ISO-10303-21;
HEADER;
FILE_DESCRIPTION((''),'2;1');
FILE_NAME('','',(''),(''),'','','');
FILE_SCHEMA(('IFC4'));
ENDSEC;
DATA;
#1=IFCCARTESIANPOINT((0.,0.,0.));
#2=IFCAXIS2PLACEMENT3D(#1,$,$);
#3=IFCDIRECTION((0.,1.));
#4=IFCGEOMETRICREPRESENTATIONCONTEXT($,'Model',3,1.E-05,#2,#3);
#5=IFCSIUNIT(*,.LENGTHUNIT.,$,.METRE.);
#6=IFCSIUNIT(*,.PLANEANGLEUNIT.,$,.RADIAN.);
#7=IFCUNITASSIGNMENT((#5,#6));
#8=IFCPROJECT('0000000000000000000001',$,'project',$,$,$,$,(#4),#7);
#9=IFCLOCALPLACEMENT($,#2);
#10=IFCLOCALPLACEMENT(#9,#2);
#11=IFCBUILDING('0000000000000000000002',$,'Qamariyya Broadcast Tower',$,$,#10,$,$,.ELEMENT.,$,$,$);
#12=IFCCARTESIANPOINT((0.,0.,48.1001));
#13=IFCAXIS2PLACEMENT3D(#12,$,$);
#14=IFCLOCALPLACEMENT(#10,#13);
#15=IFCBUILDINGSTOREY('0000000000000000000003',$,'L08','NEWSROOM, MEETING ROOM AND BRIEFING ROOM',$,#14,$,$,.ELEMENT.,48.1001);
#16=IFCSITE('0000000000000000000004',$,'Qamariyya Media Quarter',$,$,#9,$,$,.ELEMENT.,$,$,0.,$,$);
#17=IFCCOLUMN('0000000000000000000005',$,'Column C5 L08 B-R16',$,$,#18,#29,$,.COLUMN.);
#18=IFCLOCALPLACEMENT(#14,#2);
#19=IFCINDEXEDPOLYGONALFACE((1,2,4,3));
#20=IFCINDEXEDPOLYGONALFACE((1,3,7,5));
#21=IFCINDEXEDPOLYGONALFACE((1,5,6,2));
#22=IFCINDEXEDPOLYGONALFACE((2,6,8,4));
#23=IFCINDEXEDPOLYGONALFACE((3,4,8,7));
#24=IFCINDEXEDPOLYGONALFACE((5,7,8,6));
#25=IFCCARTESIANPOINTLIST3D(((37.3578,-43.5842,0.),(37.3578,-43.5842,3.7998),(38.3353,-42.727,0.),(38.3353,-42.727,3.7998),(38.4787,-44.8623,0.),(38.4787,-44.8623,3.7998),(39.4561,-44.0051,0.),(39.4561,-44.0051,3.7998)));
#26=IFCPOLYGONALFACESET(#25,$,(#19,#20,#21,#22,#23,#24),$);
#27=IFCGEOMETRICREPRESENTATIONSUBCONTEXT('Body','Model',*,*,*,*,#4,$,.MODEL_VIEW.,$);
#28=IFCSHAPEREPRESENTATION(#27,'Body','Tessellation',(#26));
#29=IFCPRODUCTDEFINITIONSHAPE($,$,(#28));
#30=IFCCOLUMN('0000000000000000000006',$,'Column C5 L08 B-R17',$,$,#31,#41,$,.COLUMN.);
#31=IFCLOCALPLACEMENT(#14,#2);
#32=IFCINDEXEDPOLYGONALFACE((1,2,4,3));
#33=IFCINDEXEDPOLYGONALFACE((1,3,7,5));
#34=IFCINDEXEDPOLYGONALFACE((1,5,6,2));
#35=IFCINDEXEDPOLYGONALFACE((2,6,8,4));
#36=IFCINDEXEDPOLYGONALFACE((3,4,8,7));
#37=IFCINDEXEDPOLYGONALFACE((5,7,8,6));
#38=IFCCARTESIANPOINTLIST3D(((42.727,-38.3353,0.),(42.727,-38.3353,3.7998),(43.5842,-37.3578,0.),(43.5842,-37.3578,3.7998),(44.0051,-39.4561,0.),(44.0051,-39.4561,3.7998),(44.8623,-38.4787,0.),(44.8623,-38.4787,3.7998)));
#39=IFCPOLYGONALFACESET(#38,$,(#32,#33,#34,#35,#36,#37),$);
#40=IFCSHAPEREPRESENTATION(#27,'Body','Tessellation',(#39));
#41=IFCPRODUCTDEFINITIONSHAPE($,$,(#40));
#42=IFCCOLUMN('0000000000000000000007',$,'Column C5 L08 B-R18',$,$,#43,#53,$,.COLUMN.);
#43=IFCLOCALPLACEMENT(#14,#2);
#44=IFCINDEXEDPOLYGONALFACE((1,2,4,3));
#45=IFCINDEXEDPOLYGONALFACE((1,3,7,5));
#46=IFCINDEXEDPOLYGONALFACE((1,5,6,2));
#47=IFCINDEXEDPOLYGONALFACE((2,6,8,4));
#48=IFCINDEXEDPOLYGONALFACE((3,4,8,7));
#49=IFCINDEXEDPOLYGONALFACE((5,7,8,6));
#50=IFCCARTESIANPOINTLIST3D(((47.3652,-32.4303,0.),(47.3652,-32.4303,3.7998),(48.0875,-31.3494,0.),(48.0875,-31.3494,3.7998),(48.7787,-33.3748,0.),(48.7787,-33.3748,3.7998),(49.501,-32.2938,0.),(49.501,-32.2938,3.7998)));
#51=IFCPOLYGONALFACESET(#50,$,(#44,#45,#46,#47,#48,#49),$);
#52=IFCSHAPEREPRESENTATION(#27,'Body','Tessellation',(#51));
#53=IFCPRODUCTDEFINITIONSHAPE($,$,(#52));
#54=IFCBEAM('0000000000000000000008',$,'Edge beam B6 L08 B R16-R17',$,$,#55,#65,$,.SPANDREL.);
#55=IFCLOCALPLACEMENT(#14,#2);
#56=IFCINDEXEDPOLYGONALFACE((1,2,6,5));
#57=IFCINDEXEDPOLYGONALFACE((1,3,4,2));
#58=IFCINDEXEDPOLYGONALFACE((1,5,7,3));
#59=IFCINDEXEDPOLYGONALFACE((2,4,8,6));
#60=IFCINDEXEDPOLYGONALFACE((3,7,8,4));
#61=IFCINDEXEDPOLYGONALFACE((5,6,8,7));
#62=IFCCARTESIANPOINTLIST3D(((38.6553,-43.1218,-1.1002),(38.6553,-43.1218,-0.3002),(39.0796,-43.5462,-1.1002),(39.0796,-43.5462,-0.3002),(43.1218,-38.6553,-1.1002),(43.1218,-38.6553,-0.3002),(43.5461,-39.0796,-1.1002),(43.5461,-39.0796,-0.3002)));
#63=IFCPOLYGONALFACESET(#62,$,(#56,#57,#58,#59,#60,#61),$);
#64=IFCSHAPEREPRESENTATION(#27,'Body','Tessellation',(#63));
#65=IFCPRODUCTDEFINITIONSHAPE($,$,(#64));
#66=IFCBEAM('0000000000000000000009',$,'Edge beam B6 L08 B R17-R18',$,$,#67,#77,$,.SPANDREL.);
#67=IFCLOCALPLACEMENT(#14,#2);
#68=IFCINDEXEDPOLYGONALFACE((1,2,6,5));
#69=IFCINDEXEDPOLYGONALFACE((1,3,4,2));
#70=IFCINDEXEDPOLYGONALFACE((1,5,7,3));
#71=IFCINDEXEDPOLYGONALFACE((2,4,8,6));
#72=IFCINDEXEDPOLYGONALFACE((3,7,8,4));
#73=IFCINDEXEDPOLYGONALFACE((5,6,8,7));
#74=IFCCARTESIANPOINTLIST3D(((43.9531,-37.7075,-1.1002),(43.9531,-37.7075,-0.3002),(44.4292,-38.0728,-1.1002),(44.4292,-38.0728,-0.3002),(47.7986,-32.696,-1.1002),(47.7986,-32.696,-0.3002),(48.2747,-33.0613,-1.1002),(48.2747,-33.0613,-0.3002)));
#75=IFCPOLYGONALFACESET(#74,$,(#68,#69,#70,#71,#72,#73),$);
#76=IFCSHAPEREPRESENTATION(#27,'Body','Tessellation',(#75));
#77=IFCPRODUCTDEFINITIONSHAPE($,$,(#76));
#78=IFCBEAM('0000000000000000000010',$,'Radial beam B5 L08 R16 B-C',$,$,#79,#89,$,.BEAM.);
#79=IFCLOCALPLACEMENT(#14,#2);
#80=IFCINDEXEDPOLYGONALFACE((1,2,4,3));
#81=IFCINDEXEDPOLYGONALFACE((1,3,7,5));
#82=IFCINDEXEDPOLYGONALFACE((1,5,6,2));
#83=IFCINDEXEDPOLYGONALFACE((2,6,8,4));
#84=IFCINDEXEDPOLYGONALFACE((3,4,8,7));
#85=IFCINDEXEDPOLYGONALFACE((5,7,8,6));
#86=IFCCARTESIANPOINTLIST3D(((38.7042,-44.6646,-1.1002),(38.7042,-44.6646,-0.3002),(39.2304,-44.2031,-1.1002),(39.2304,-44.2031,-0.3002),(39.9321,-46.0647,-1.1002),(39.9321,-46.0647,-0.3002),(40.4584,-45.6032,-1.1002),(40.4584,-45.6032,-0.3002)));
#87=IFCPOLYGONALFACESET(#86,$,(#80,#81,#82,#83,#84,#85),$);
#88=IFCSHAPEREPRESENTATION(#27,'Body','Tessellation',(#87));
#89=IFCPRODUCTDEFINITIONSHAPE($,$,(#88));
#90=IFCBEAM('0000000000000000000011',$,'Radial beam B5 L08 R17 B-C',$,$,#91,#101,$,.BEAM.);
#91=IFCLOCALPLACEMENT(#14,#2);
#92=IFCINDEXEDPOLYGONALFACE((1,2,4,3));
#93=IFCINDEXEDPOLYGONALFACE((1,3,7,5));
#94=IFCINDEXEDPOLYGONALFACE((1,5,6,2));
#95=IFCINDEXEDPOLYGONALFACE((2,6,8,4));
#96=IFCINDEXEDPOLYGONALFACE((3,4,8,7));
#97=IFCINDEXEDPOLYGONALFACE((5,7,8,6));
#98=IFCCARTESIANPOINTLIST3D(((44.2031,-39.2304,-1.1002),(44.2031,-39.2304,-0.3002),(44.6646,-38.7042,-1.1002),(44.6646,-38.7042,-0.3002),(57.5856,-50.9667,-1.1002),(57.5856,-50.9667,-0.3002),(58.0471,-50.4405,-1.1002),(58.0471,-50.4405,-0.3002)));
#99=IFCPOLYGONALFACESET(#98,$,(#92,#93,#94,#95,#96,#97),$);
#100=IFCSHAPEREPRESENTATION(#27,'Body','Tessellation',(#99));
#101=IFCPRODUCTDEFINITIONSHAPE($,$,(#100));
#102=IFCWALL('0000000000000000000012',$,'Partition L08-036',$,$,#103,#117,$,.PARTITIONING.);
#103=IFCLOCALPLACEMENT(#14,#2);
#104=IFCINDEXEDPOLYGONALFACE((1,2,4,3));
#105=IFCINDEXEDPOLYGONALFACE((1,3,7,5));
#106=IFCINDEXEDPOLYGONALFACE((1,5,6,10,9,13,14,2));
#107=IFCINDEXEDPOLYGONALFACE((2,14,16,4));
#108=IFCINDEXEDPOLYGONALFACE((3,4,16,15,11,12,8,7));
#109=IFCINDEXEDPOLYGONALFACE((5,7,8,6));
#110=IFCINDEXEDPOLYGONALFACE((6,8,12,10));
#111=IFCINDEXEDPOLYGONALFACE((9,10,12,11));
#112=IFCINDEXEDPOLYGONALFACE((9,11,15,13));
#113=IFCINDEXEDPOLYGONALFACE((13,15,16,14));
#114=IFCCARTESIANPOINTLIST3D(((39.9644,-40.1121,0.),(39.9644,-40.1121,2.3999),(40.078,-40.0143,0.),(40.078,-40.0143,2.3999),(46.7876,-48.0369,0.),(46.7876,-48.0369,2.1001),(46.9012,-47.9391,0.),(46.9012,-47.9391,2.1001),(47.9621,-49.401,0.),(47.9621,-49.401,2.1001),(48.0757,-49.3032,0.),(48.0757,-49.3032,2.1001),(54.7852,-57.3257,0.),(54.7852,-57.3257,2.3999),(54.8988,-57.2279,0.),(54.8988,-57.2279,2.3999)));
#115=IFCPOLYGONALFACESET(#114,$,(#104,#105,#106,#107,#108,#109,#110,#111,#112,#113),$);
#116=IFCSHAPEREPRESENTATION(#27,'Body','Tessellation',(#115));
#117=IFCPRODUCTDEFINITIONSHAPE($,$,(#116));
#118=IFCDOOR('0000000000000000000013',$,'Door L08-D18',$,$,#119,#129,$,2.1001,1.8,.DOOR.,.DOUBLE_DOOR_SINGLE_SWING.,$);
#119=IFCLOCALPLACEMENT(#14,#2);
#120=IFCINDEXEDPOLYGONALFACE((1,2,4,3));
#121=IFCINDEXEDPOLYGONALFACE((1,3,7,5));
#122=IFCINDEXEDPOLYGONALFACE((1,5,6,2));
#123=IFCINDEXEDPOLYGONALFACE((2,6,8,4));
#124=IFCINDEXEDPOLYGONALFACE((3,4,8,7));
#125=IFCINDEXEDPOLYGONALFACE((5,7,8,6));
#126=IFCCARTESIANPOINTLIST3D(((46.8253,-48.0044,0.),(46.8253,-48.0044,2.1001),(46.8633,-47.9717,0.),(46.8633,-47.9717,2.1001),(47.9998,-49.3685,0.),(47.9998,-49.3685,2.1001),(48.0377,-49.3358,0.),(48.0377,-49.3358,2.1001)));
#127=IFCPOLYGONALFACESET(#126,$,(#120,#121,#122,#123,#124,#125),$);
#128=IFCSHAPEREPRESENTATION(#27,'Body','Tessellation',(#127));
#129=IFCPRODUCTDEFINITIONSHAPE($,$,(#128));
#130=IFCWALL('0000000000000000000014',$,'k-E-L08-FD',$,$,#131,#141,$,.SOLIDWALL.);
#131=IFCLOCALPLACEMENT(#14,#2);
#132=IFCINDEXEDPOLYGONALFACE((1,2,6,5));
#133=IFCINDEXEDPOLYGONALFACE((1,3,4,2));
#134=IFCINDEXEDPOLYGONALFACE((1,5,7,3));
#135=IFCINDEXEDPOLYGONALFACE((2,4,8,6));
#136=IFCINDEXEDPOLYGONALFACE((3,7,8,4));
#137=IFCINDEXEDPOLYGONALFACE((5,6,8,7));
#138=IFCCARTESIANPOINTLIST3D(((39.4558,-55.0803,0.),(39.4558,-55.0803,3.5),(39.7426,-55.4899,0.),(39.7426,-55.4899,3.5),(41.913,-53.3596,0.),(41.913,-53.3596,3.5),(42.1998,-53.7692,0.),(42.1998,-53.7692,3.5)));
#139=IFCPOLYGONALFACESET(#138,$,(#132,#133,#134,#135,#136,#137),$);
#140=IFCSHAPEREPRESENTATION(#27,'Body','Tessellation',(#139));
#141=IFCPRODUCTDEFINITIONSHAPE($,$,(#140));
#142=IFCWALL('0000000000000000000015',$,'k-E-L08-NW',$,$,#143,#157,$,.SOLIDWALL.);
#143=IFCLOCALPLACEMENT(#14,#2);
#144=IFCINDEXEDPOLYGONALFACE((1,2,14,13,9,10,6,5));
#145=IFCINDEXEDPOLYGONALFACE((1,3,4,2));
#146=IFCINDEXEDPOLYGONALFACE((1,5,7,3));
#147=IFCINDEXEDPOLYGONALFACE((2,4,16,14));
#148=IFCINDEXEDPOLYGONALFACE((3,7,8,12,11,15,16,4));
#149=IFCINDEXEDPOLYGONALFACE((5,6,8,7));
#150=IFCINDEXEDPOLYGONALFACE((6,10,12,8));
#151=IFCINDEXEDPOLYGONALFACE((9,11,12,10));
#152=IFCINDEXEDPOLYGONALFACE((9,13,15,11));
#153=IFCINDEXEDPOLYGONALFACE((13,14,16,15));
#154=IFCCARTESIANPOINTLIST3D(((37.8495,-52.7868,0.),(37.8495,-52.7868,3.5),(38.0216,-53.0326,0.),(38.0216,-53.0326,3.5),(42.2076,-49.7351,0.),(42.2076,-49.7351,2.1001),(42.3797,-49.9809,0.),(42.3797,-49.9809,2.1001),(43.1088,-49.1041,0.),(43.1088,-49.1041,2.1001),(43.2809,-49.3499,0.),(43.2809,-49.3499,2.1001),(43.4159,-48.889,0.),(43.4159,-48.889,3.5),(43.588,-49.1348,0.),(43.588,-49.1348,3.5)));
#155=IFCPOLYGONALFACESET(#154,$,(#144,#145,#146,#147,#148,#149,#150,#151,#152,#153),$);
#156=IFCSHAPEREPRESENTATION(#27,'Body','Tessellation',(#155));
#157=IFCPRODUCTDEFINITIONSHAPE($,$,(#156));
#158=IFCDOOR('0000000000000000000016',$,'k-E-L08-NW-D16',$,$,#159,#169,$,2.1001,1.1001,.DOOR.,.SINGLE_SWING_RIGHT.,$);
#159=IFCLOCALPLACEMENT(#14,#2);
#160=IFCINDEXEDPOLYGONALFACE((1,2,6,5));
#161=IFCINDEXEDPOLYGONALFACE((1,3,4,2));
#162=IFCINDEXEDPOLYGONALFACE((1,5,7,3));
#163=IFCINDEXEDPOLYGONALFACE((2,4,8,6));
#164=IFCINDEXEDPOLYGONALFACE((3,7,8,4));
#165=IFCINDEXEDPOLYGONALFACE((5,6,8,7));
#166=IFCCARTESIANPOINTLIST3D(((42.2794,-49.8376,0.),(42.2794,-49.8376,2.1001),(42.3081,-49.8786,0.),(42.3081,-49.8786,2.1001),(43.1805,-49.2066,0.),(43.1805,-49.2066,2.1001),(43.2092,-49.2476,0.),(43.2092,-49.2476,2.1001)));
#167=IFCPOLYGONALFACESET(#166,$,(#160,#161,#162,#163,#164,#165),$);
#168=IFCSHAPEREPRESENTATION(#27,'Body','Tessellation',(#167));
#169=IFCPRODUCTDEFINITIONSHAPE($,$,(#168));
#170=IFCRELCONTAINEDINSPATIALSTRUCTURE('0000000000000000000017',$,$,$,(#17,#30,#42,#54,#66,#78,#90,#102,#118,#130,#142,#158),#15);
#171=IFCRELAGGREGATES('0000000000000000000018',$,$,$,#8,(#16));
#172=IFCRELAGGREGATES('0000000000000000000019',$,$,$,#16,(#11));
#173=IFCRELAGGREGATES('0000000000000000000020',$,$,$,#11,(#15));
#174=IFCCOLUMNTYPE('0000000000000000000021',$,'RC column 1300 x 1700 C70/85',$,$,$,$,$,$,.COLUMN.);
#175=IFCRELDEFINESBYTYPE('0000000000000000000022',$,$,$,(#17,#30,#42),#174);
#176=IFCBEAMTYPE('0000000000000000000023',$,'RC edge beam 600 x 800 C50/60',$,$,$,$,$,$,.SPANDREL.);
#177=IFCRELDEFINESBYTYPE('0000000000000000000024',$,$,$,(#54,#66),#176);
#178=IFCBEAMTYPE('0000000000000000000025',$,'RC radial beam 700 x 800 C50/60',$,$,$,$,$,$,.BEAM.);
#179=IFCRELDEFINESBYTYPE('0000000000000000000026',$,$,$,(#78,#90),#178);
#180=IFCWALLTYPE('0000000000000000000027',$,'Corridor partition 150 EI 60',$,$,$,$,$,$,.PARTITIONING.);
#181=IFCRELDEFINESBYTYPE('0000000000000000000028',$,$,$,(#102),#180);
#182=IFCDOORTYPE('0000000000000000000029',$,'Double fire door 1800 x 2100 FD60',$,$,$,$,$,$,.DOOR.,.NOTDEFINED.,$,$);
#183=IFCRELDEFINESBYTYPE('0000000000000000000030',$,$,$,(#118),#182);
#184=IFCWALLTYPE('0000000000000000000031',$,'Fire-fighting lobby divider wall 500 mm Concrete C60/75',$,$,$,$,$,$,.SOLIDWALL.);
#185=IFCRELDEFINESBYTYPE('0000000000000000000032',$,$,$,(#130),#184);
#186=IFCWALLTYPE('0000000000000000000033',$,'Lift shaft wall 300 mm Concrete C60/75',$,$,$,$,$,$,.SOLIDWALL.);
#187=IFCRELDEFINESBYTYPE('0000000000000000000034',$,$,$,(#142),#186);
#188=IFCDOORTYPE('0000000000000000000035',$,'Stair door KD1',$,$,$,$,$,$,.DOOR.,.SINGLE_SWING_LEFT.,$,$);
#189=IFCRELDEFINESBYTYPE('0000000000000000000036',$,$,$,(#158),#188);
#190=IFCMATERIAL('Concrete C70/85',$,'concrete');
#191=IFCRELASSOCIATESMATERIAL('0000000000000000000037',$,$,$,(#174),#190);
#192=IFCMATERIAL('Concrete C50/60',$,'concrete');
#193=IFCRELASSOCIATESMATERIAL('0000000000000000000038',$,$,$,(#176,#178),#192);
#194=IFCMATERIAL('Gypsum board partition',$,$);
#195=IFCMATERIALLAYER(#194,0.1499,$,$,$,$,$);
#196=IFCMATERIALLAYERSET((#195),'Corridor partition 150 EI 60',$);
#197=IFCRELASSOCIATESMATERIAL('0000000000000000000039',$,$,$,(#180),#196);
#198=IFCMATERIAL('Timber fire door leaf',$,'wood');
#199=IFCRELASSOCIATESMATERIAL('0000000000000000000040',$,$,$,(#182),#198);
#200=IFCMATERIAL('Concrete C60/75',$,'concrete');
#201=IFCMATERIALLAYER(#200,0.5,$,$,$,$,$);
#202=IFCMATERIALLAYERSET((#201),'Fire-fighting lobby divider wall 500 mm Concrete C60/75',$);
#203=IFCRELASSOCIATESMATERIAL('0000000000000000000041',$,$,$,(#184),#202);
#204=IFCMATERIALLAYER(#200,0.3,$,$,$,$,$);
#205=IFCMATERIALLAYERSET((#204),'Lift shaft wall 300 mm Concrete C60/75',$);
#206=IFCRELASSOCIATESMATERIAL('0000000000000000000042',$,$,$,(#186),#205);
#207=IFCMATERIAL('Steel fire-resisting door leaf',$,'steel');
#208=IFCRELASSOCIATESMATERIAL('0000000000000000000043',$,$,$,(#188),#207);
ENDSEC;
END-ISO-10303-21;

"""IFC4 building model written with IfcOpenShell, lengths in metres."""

from ifc_helpers import new_model, si_unit, direction, frame, frame_2d, origin, origin_2d, place, context, subcontext, project, spatial, rectangle, extrude, material, layer, layer_set, material_profile, profile_set, type_object, element, fill, save


model = new_model("IFC4")

# Units and contexts
model_context = context("Model", 3, precision=1e-05, world=origin(), true_north=direction((0.0, 1.0)))
body_context = subcontext(model_context, "Body", "Model", "MODEL_VIEW")
ifc_project = project(units=[si_unit("LENGTHUNIT", "METRE"), si_unit("PLANEANGLEUNIT", "RADIAN")], contexts=[model_context])

# Site, building, storey
site_placement = place(None, origin())
site = spatial("IfcSite", under=ifc_project, at=site_placement, Name="Qamariyya Media Quarter", CompositionType="ELEMENT", RefElevation=0.0)
building_placement = place(site_placement, origin())
building = spatial("IfcBuilding", under=site, at=building_placement, Name="Qamariyya Broadcast Tower", CompositionType="ELEMENT")
storey_placement = place(building_placement, frame((0.0, 0.0, 48.1001)))
storey = spatial("IfcBuildingStorey", under=building, at=storey_placement, Name="L08", Description="NEWSROOM, MEETING ROOM AND BRIEFING ROOM", CompositionType="ELEMENT", Elevation=48.1001)

# Columns
ifc_material_1 = material(Name="Concrete C70/85", Category="concrete")
ifc_material_profile_1 = material_profile(ifc_material_1, rectangle(XDim=1.3, YDim=1.7, at=origin_2d()))
ifc_profile_set_1 = profile_set([ifc_material_profile_1], Name="Concrete C70/85")
column_type = type_object("IfcColumnType", Name="RC column 1300 x 1700 C70/85", PredefinedType="COLUMN", material=ifc_profile_set_1)
for number, where, z_axis, x_axis, name in (
    (1, (38.407, -43.7947, 0.0), (0.0, 0.0, 1.0), (0.75184, 0.659346, 0.0), "Column C5 L08 B-R16"),
    (2, (43.7947, -38.407, 0.0), (0.0, 0.0, 1.0), (0.659346, 0.75184, 0.0), "Column C5 L08 B-R17"),
    (3, (48.4331, -32.3621, 0.0), (0.0, 0.0, 1.0), (0.55557, 0.83147, 0.0), "Column C5 L08 B-R18"),
):
    element("IfcColumn", number, at=place(storey_placement, frame(where, z_axis=z_axis, x_axis=x_axis)), inside=storey, type_object=column_type, Name=name, PredefinedType="COLUMN", context=body_context, shape_type="SweptSolid", body=[
        extrude(rectangle(XDim=1.3, YDim=1.7, at=origin_2d()), origin(), (0.0, 0.0, 1.0), 3.7998),
    ])

# Beams
ifc_material_2 = material(Name="Concrete C50/60", Category="concrete")
ifc_material_profile_2 = material_profile(ifc_material_2, rectangle(XDim=0.6001, YDim=0.8, at=origin_2d()))
ifc_profile_set_2 = profile_set([ifc_material_profile_2], Name="Concrete C50/60")
beam_type_1 = type_object("IfcBeamType", Name="RC edge beam 600 x 800 C50/60", PredefinedType="SPANDREL", material=ifc_profile_set_2)
beam_1_placement = place(storey_placement, frame((38.8674, -43.334, -0.7002), z_axis=(0.707107, 0.707107, 0.0), x_axis=(-0.707107, 0.707107, 0.0)))
element("IfcBeam", 4, at=beam_1_placement, inside=storey, type_object=beam_type_1, Name="Edge beam B6 L08 B R16-R17", PredefinedType="SPANDREL", context=body_context, shape_type="SweptSolid", body=[
    extrude(rectangle(XDim=0.6001, YDim=0.8, at=origin_2d()), origin(), (0.0, 0.0, 1.0), 6.3167),
])
beam_2_placement = place(storey_placement, frame((44.1912, -37.8901, -0.7002), z_axis=(0.608763, 0.793352, 0.0), x_axis=(-0.793352, 0.608763, 0.0)))
element("IfcBeam", 5, at=beam_2_placement, inside=storey, type_object=beam_type_1, Name="Edge beam B6 L08 B R17-R18", PredefinedType="SPANDREL", context=body_context, shape_type="SweptSolid", body=[
    extrude(rectangle(XDim=0.6001, YDim=0.8, at=origin_2d()), origin(), (0.0, 0.0, 1.0), 6.3169),
])
ifc_material_profile_3 = material_profile(ifc_material_2, rectangle(XDim=0.7, YDim=0.8, at=origin_2d()))
ifc_profile_set_3 = profile_set([ifc_material_profile_3], Name="Concrete C50/60")
beam_type_2 = type_object("IfcBeamType", Name="RC radial beam 700 x 800 C50/60", PredefinedType="BEAM", material=ifc_profile_set_3)
beam_3_placement = place(storey_placement, frame((38.9673, -44.4338, -0.7002), z_axis=(0.659386, -0.751805, 0.0), x_axis=(0.751805, 0.659386, 0.0)))
element("IfcBeam", 6, at=beam_3_placement, inside=storey, type_object=beam_type_2, Name="Radial beam B5 L08 R16 B-C", PredefinedType="BEAM", context=body_context, shape_type="SweptSolid", body=[
    extrude(rectangle(XDim=0.7, YDim=0.8, at=origin_2d()), origin(), (0.0, 0.0, 1.0), 1.8623),
])
beam_4_placement = place(storey_placement, frame((44.4338, -38.9673, -0.7002), z_axis=(0.751836, -0.65935, 0.0), x_axis=(0.65935, 0.751836, 0.0)))
element("IfcBeam", 7, at=beam_4_placement, inside=storey, type_object=beam_type_2, Name="Radial beam B5 L08 R17 B-C", PredefinedType="BEAM", context=body_context, shape_type="SweptSolid", body=[
    extrude(rectangle(XDim=0.7, YDim=0.8, at=origin_2d()), origin(), (0.0, 0.0, 1.0), 17.7998),
])

# Wall, opening, door
ifc_material_3 = material(Name="Gypsum board partition")
ifc_layer_1 = layer(ifc_material_3, 0.1499)
ifc_layer_set_1 = layer_set([ifc_layer_1], Name="Corridor partition 150 EI 60")
wall_type_1 = type_object("IfcWallType", Name="Corridor partition 150 EI 60", PredefinedType="PARTITIONING", material=ifc_layer_set_1)
wall_1_placement = place(storey_placement, frame((40.0212, -40.0632, 0.0), z_axis=(0.0, 0.0, 1.0), x_axis=(0.652472, -0.757813, 0.0)))
wall_1 = element("IfcWall", 8, at=wall_1_placement, inside=storey, type_object=wall_type_1, Name="Partition L08-036", PredefinedType="PARTITIONING", context=body_context, shape_type="SweptSolid", body=[
    extrude(rectangle(XDim=22.7148, YDim=0.1499, at=frame_2d((11.3574, 0.0))), origin(), (0.0, 0.0, 1.0), 2.3999),
])
opening_1_placement = place(wall_1_placement, frame((10.4575, 0.0, 0.0)))
opening_1 = element("IfcOpeningElement", 9, at=opening_1_placement, cuts=wall_1, PredefinedType="OPENING", context=body_context, shape_type="SweptSolid", body=[
    extrude(rectangle(XDim=1.8, YDim=2.1001, at=frame_2d((0.8999, 1.05))), frame((0.0, 0.085, 0.0), z_axis=(0.0, -1.0, 0.0), x_axis=(1.0, 0.0, 0.0)), (0.0, 0.0, 1.0), 0.1699),
])
ifc_material_4 = material(Name="Timber fire door leaf", Category="wood")
door_type_1 = type_object("IfcDoorType", Name="Double fire door 1800 x 2100 FD60", OperationType="NOTDEFINED", PredefinedType="DOOR", material=ifc_material_4)
door_1_placement = place(opening_1_placement, origin())
door_1 = element("IfcDoor", 10, at=door_1_placement, inside=storey, type_object=door_type_1, Name="Door L08-D18", OperationType="DOUBLE_DOOR_SINGLE_SWING", OverallHeight=2.1001, OverallWidth=1.8, PredefinedType="DOOR", context=body_context, shape_type="SweptSolid", body=[
    extrude(rectangle(XDim=1.8, YDim=2.1001, at=frame_2d((0.8999, 1.05))), frame((0.0, 0.0249, 0.0), z_axis=(0.0, -1.0, 0.0), x_axis=(1.0, 0.0, 0.0)), (0.0, 0.0, 1.0), 0.05),
])
fill(opening_1, door_1)

# Wall
ifc_material_5 = material(Name="Concrete C60/75", Category="concrete")
ifc_layer_2 = layer(ifc_material_5, 0.5)
ifc_layer_set_2 = layer_set([ifc_layer_2], Name="Fire-fighting lobby divider wall 500 mm Concrete C60/75")
wall_type_2 = type_object("IfcWallType", Name="Fire-fighting lobby divider wall 500 mm Concrete C60/75", PredefinedType="SOLIDWALL", material=ifc_layer_set_2)
wall_2_placement = place(storey_placement, frame((39.5991, -55.2852, 0.0), z_axis=(0.0, 0.0, 1.0), x_axis=(0.819136, 0.573599, 0.0)))
element("IfcWall", 11, at=wall_2_placement, inside=storey, type_object=wall_type_2, Name="k-E-L08-FD", PredefinedType="SOLIDWALL", context=body_context, shape_type="SweptSolid", body=[
    extrude(rectangle(XDim=2.9998, YDim=0.5, at=frame_2d((1.5, 0.0))), origin(), (0.0, 0.0, 1.0), 3.5),
])

# Wall, opening, door
ifc_layer_3 = layer(ifc_material_5, 0.3)
ifc_layer_set_3 = layer_set([ifc_layer_3], Name="Lift shaft wall 300 mm Concrete C60/75")
wall_type_3 = type_object("IfcWallType", Name="Lift shaft wall 300 mm Concrete C60/75", PredefinedType="SOLIDWALL", material=ifc_layer_set_3)
wall_3_placement = place(storey_placement, frame((37.9355, -52.9097, 0.0), z_axis=(0.0, 0.0, 1.0), x_axis=(0.819148, 0.573583, 0.0)))
wall_3 = element("IfcWall", 12, at=wall_3_placement, inside=storey, type_object=wall_type_3, Name="k-E-L08-NW", PredefinedType="SOLIDWALL", context=body_context, shape_type="SweptSolid", body=[
    extrude(rectangle(XDim=6.7954, YDim=0.3, at=frame_2d((3.3977, 0.0))), origin(), (0.0, 0.0, 1.0), 3.5),
])
opening_2_placement = place(wall_3_placement, frame((5.3203, 0.0, 0.0)))
opening_2 = element("IfcOpeningElement", 13, at=opening_2_placement, cuts=wall_3, PredefinedType="OPENING", context=body_context, shape_type="SweptSolid", body=[
    extrude(rectangle(XDim=1.1001, YDim=2.1001, at=frame_2d((0.55, 1.05))), frame((0.0, 0.1599, 0.0), z_axis=(0.0, -1.0, 0.0), x_axis=(1.0, 0.0, 0.0)), (0.0, 0.0, 1.0), 0.3201),
])
ifc_material_6 = material(Name="Steel fire-resisting door leaf", Category="steel")
door_type_2 = type_object("IfcDoorType", Name="Stair door KD1", OperationType="SINGLE_SWING_LEFT", PredefinedType="DOOR", material=ifc_material_6)
door_2_placement = place(opening_2_placement, origin())
door_2 = element("IfcDoor", 14, at=door_2_placement, inside=storey, type_object=door_type_2, Name="k-E-L08-NW-D16", OperationType="SINGLE_SWING_RIGHT", OverallHeight=2.1001, OverallWidth=1.1001, PredefinedType="DOOR", context=body_context, shape_type="SweptSolid", body=[
    extrude(rectangle(XDim=1.1001, YDim=2.1001, at=frame_2d((0.55, 1.05))), frame((0.0, 0.0249, 0.0), z_axis=(0.0, -1.0, 0.0), x_axis=(1.0, 0.0, 0.0)), (0.0, 0.0, 1.0), 0.05),
])
fill(opening_2, door_2)

save(model, "model.ifc")
